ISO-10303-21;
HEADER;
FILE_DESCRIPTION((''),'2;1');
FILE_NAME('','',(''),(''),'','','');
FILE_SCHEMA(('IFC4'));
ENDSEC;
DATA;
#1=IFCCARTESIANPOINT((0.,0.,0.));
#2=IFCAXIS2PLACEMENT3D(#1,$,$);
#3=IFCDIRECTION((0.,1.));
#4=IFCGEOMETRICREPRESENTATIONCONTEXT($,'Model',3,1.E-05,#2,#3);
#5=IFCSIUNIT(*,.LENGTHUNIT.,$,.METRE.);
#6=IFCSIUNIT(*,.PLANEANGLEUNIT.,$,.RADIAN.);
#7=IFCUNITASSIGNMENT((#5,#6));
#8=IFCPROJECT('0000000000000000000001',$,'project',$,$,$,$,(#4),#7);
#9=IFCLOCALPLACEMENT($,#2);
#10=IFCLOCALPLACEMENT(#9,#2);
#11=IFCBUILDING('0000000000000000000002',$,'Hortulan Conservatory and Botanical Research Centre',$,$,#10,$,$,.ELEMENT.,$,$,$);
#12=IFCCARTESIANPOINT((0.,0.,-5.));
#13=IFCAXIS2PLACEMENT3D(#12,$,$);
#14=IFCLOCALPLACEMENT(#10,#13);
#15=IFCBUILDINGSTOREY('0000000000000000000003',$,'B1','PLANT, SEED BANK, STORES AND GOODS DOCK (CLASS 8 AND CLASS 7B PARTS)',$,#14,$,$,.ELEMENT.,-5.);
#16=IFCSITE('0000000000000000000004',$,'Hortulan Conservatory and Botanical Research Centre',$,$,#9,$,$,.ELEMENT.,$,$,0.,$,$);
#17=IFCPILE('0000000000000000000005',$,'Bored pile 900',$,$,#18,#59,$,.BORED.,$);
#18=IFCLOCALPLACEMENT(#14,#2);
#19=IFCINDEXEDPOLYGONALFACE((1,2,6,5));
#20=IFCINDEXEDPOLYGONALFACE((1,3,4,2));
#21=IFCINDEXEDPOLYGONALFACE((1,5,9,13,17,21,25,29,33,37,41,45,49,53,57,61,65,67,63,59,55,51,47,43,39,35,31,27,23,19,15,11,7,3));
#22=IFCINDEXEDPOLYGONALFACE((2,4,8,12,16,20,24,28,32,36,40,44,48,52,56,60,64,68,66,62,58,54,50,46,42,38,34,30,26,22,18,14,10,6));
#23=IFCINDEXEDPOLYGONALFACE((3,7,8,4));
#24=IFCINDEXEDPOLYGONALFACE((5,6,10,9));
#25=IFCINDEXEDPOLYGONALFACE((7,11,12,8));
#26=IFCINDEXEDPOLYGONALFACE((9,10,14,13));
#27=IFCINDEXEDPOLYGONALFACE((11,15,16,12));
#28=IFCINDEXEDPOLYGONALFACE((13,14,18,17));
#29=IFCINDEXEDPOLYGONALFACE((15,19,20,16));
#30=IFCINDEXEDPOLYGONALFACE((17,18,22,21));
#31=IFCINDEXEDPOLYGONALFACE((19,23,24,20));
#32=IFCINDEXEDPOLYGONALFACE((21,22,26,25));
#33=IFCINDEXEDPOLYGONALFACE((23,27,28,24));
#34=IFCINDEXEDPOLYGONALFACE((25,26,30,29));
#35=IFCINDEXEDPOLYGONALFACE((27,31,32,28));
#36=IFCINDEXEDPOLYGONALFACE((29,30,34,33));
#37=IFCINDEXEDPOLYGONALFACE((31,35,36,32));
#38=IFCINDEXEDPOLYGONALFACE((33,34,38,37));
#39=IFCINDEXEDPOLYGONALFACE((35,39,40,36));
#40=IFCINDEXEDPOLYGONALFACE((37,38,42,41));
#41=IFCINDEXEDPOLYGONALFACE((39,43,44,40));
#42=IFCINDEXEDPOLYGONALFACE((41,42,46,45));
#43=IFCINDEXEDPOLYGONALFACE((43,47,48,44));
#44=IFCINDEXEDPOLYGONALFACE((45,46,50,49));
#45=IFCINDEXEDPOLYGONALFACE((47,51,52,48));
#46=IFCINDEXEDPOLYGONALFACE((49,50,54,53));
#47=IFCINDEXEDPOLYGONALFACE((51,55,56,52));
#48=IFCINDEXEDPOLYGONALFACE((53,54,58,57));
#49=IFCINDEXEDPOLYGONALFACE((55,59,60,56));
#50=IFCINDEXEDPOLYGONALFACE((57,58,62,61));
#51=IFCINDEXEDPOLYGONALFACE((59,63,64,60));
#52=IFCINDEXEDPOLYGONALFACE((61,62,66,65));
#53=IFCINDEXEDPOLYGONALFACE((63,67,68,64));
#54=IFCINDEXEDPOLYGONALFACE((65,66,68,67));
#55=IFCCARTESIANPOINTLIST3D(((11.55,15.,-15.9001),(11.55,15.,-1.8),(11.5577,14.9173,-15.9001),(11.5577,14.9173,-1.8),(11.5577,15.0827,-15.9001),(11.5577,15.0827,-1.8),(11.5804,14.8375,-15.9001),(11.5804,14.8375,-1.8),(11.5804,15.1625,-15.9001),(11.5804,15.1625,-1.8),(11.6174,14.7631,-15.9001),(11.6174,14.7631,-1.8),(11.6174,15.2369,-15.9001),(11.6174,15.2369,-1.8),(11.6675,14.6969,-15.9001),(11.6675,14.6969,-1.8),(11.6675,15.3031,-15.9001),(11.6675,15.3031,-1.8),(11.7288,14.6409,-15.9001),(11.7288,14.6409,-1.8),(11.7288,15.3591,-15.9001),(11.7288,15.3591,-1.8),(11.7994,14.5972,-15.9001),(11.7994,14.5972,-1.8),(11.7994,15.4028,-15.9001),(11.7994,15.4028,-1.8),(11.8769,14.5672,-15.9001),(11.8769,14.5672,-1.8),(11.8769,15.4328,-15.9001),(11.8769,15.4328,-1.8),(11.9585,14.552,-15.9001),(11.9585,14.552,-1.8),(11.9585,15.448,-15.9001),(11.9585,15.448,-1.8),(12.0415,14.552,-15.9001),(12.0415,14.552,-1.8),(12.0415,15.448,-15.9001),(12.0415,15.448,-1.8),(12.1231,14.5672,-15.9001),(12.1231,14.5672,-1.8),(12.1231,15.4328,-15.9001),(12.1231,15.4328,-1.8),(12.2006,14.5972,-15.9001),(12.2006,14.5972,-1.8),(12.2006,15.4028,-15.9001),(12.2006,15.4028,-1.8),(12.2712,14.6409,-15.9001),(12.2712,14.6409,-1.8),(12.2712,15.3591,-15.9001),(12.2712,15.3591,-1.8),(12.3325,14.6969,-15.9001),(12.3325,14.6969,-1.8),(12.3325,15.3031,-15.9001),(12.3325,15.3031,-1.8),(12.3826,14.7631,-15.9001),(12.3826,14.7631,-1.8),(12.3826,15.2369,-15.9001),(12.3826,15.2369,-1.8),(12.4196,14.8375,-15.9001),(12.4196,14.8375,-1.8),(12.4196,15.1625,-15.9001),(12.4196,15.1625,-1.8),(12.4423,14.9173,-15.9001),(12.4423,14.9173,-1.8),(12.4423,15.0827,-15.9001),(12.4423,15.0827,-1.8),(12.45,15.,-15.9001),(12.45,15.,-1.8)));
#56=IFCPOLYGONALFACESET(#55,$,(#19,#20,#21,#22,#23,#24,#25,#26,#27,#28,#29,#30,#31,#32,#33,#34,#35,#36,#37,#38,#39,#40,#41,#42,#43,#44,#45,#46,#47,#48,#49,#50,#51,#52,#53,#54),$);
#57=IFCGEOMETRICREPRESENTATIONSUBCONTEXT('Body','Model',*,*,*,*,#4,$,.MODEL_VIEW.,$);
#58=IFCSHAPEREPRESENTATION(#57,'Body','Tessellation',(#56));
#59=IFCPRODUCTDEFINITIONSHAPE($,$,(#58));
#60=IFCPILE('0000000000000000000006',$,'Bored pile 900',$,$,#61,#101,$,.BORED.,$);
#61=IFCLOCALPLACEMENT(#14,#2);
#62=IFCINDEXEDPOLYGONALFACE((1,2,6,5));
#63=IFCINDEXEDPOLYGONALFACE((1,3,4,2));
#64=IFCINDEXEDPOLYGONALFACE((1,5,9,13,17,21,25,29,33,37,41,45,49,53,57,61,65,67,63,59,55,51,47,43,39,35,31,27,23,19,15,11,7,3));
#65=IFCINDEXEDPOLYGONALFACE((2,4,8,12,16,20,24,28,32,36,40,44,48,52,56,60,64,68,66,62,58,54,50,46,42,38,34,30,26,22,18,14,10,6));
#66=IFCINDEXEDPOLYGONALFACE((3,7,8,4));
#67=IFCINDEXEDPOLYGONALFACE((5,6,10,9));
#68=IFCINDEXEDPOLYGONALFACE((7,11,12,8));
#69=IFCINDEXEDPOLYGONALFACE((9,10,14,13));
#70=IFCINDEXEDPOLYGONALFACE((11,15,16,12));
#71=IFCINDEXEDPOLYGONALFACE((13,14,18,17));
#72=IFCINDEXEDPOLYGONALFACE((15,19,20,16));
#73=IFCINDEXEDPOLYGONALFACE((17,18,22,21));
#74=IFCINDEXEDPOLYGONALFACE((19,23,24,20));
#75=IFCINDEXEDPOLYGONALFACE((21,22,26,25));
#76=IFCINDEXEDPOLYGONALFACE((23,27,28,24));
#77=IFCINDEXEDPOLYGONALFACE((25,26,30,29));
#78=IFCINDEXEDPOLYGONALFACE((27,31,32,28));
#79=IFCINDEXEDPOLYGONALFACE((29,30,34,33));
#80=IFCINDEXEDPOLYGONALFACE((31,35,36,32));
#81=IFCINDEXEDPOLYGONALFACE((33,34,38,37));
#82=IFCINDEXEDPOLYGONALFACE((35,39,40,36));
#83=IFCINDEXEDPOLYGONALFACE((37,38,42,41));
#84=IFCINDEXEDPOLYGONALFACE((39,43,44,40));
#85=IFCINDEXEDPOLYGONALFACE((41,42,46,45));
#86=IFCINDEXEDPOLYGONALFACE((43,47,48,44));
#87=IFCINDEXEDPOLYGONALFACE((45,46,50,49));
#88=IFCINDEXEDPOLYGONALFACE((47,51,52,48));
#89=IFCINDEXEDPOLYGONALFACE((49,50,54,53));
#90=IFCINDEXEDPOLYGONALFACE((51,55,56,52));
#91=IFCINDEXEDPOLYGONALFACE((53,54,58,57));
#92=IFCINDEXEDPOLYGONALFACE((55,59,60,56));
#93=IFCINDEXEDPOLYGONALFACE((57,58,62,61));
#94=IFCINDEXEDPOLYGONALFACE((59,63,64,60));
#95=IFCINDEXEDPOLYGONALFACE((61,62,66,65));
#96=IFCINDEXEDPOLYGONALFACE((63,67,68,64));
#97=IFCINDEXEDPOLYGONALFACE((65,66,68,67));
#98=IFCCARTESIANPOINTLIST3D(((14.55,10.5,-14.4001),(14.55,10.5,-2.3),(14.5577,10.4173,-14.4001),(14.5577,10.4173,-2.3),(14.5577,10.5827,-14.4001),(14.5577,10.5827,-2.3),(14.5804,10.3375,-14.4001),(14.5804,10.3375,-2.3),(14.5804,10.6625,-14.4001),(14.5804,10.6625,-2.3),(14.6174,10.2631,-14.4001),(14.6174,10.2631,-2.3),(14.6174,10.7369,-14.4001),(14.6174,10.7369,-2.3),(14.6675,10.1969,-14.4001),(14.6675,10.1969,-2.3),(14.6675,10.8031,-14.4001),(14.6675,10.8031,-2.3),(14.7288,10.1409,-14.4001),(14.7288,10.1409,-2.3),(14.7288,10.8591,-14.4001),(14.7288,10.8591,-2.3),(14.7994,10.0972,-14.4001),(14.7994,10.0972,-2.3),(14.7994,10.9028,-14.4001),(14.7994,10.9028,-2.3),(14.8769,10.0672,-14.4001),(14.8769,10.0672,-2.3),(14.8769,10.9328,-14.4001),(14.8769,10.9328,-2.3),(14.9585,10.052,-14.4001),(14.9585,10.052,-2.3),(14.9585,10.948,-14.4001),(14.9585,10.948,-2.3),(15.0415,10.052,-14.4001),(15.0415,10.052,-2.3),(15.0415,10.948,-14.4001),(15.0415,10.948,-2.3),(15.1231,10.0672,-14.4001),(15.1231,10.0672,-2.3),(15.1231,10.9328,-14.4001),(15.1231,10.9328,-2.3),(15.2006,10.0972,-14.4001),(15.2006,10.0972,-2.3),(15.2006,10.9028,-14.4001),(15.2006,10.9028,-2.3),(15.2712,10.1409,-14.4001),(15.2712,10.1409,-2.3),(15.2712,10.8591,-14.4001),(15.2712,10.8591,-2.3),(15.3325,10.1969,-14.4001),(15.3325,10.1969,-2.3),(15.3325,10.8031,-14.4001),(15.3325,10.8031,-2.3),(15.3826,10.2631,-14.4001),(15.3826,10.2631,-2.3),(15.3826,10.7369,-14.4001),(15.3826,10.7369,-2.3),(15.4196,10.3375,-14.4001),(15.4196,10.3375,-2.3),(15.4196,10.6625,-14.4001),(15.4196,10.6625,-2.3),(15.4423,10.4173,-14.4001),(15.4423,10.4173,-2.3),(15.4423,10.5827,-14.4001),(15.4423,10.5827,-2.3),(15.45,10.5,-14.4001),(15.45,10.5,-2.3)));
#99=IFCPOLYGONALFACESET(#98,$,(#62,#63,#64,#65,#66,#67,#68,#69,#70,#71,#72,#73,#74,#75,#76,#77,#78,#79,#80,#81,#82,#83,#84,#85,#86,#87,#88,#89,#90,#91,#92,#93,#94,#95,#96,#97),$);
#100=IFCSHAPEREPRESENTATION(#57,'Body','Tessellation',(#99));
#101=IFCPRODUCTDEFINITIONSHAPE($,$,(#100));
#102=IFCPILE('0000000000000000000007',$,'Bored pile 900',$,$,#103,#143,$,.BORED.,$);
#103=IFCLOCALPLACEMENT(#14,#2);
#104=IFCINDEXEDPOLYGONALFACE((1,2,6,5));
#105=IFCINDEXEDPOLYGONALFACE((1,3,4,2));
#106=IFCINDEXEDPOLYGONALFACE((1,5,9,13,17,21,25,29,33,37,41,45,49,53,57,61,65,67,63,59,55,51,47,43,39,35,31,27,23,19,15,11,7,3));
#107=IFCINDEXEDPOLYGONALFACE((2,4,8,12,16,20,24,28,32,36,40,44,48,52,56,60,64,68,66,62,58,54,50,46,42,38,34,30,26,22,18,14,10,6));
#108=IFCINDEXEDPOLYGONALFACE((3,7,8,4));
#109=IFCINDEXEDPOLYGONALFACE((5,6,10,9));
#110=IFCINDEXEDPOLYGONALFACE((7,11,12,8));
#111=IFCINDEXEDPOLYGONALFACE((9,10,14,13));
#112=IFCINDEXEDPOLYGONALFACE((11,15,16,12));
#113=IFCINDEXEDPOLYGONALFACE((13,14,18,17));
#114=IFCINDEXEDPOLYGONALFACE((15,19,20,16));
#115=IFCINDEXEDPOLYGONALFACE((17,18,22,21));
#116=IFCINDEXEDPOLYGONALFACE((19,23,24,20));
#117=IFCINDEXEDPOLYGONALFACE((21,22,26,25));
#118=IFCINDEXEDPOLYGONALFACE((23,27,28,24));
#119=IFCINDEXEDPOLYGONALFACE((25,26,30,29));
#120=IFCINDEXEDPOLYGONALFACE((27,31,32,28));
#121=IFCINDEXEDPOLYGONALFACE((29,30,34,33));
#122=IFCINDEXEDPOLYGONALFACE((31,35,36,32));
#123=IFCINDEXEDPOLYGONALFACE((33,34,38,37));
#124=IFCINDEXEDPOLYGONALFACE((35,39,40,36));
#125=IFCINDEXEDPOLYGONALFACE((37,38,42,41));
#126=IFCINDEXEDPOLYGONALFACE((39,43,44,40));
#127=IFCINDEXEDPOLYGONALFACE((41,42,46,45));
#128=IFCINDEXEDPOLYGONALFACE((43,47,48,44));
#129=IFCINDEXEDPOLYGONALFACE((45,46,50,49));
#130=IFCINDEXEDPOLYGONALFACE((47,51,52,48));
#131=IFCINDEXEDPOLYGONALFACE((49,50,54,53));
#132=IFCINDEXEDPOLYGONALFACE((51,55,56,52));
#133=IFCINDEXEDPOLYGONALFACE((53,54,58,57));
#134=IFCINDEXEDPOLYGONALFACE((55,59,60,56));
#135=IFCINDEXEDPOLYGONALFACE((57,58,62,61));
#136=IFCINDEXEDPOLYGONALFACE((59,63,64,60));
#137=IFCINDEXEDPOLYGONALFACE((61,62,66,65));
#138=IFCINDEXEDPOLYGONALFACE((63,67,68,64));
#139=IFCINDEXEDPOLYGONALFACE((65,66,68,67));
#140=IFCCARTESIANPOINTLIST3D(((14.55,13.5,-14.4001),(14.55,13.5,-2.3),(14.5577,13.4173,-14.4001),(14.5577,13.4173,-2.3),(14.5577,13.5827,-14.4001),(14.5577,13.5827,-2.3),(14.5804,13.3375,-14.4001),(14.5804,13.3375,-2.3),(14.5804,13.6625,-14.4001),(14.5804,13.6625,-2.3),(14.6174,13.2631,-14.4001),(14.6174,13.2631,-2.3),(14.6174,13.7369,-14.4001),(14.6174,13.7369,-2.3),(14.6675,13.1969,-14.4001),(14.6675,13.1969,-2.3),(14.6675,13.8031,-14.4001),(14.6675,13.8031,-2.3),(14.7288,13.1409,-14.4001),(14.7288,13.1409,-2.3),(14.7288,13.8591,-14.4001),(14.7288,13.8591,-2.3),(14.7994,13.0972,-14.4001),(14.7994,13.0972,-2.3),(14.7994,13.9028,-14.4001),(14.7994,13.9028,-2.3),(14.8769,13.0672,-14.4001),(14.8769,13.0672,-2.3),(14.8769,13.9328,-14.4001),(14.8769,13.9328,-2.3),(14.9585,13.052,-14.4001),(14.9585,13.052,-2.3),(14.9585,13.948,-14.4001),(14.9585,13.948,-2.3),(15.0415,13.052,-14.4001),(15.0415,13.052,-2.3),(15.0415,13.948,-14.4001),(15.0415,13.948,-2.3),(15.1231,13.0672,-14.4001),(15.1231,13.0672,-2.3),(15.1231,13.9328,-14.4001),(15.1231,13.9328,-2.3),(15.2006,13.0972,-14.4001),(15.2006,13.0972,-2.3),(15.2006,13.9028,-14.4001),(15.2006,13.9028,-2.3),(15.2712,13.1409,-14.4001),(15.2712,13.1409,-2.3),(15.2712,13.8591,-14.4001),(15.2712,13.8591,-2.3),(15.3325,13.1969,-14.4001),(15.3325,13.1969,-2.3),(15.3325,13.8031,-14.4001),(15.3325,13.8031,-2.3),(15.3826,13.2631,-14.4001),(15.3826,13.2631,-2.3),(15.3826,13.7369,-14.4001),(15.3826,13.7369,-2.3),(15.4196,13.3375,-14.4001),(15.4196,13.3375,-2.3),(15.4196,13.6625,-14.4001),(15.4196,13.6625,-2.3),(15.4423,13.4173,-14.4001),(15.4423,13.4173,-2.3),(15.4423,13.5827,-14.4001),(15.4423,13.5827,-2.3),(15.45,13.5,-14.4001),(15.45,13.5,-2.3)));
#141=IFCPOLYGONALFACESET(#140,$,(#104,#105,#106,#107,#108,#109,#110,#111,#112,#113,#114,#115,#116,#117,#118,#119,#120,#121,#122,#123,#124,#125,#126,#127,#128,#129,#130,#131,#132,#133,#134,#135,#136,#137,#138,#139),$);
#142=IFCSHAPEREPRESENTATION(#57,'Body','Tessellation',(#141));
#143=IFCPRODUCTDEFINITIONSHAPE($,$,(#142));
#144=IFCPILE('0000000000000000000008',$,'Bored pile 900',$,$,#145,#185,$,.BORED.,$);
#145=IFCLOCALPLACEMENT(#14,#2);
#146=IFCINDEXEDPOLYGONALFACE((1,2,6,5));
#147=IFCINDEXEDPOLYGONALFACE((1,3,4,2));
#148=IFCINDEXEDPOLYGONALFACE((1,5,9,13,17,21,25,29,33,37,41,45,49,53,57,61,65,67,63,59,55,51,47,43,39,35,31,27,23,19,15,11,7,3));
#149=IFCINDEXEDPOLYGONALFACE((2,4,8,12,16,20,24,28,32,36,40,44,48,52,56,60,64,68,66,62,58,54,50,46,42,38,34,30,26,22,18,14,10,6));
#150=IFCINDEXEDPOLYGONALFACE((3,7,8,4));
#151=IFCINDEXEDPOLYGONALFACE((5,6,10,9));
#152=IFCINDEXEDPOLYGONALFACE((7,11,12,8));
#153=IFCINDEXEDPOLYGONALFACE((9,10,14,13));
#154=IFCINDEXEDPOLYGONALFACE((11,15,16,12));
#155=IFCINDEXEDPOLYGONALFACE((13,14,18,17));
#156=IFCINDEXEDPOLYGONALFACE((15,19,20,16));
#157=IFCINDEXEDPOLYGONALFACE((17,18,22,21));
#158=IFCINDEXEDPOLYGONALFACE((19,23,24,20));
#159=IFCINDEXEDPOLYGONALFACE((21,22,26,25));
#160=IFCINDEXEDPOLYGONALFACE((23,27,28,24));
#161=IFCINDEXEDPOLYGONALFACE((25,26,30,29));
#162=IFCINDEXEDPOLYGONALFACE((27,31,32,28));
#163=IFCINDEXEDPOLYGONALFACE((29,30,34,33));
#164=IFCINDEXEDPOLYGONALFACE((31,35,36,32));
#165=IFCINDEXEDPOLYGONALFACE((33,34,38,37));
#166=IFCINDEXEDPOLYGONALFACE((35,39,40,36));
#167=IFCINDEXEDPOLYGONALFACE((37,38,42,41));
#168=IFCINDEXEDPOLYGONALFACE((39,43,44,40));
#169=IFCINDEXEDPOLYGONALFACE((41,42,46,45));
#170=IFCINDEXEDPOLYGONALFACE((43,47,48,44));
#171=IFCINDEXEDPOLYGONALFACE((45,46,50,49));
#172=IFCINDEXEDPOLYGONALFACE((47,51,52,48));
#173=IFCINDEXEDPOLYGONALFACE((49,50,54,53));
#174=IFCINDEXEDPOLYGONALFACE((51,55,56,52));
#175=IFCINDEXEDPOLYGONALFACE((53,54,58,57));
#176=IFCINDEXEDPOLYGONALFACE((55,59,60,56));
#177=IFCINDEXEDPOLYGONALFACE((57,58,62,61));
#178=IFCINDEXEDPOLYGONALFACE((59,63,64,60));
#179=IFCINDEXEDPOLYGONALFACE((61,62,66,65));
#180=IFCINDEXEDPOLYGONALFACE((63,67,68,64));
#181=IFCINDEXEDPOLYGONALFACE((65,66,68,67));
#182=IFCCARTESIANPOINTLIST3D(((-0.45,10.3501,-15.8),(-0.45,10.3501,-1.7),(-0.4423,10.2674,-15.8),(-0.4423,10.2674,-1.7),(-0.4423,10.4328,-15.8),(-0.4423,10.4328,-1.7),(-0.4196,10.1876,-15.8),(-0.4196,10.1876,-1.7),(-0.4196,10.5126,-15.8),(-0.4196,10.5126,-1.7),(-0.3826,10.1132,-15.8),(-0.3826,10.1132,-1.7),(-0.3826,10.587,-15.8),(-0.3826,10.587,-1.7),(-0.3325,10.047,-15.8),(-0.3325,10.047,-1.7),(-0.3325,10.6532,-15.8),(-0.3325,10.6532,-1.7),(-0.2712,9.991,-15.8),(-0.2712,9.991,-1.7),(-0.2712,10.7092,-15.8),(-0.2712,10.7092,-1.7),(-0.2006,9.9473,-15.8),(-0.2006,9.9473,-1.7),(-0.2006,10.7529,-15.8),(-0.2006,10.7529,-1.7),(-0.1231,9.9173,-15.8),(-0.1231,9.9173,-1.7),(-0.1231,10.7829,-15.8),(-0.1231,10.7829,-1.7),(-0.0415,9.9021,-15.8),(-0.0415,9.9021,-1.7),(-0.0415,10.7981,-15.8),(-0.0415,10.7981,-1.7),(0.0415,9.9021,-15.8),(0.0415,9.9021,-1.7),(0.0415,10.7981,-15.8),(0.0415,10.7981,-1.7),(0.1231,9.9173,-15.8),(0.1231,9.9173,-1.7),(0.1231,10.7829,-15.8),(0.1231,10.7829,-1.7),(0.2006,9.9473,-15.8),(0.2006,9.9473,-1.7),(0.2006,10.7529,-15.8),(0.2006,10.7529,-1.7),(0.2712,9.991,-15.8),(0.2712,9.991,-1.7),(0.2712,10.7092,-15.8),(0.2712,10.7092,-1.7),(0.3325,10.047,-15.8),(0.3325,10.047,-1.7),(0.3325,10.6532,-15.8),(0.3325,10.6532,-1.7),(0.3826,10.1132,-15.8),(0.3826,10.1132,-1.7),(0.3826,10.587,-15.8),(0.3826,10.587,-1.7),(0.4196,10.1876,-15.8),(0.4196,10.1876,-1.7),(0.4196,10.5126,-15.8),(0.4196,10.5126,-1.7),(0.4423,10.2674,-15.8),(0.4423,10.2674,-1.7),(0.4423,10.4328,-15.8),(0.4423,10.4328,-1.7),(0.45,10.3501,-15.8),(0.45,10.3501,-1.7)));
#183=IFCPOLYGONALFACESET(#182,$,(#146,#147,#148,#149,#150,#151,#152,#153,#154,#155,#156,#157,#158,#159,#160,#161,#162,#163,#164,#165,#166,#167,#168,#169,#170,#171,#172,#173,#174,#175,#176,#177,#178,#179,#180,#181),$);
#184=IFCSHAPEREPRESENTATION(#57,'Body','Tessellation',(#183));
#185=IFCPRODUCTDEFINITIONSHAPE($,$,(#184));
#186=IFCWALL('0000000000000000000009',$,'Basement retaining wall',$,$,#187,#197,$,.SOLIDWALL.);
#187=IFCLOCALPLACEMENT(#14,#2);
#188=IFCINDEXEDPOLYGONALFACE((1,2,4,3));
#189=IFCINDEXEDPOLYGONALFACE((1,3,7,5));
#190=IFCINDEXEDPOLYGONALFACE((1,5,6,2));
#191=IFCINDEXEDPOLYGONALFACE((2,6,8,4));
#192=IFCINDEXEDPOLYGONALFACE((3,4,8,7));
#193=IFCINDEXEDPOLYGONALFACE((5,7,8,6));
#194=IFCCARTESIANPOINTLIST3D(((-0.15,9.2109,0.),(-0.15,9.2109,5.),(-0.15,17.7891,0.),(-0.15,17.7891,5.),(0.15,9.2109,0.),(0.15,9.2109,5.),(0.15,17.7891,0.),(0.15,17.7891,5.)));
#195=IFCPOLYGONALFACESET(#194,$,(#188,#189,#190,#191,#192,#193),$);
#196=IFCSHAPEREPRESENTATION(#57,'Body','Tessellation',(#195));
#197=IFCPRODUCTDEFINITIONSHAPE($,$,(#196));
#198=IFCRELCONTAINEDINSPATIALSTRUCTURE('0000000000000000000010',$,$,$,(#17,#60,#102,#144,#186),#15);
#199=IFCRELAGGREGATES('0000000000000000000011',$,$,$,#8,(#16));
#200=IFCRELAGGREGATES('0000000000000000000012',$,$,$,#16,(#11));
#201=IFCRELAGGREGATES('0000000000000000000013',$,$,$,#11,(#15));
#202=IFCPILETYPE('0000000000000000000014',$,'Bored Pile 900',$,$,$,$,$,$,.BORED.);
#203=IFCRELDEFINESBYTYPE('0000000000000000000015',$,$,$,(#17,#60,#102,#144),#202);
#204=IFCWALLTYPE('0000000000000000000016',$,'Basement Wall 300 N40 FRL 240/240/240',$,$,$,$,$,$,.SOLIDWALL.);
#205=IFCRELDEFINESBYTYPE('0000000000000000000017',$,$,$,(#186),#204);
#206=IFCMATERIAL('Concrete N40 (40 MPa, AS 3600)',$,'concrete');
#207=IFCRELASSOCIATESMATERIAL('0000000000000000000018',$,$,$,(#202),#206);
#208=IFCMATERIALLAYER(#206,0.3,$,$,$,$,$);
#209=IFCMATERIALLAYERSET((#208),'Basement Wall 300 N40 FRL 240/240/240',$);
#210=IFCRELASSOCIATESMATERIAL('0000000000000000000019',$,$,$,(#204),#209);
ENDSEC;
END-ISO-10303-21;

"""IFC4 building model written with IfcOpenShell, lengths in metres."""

from ifc_helpers import new_model, si_unit, direction, frame, frame_2d, origin, origin_2d, place, context, subcontext, project, spatial, rectangle, circle, extrude, material, layer, layer_set, material_profile, profile_set, type_object, element, save


model = new_model("IFC4")

# Units and contexts
model_context = context("Model", 3, precision=1e-05, world=origin(), true_north=direction((0.0, 1.0)))
body_context = subcontext(model_context, "Body", "Model", "MODEL_VIEW")
ifc_project = project(units=[si_unit("LENGTHUNIT", "METRE"), si_unit("PLANEANGLEUNIT", "RADIAN")], contexts=[model_context])

# Site, building, storey
site_placement = place(None, origin())
site = spatial("IfcSite", under=ifc_project, at=site_placement, Name="Hortulan Conservatory and Botanical Research Centre", CompositionType="ELEMENT", RefElevation=0.0)
building_placement = place(site_placement, origin())
building = spatial("IfcBuilding", under=site, at=building_placement, Name="Hortulan Conservatory and Botanical Research Centre", CompositionType="ELEMENT")
storey_placement = place(building_placement, frame((0.0, 0.0, -5.0)))
storey = spatial("IfcBuildingStorey", under=building, at=storey_placement, Name="B1", Description="PLANT, SEED BANK, STORES AND GOODS DOCK (CLASS 8 AND CLASS 7B PARTS)", CompositionType="ELEMENT", Elevation=-5.0)

# Piles
ifc_material_1 = material(Name="Concrete N40 (40 MPa, AS 3600)", Category="concrete")
ifc_material_profile = material_profile(ifc_material_1, circle(Radius=0.45, at=origin_2d()), Name="Bored pile 900 diameter")
ifc_profile_set = profile_set([ifc_material_profile], Name="Concrete N40 (40 MPa, AS 3600)")
pile_type = type_object("IfcPileType", Name="Bored Pile 900", PredefinedType="BORED", material=ifc_profile_set)
for number, where, z_axis, x_axis, name in (
    (1, (12.0, 15.0, -1.8), (0.0, 0.0, -1.0), (1.0, 0.0, 0.0), "Bored pile 900"),
):
    element("IfcPile", number, at=place(storey_placement, frame(where, z_axis=z_axis, x_axis=x_axis)), inside=storey, type_object=pile_type, Name=name, PredefinedType="BORED", context=body_context, shape_type="SweptSolid", body=[
        extrude(circle(Radius=0.45, at=origin_2d()), origin(), (0.0, 0.0, 1.0), 14.1001),
    ])
for number, where, z_axis, x_axis, name in (
    (2, (15.0, 10.5, -2.3), (0.0, 0.0, -1.0), (1.0, 0.0, 0.0), "Bored pile 900"),
    (3, (15.0, 13.5, -2.3), (0.0, 0.0, -1.0), (1.0, 0.0, 0.0), "Bored pile 900"),
):
    element("IfcPile", number, at=place(storey_placement, frame(where, z_axis=z_axis, x_axis=x_axis)), inside=storey, type_object=pile_type, Name=name, PredefinedType="BORED", context=body_context, shape_type="SweptSolid", body=[
        extrude(circle(Radius=0.45, at=origin_2d()), origin(), (0.0, 0.0, 1.0), 12.1001),
    ])
pile_placement = place(storey_placement, frame((0.0, 10.3501, -1.7), z_axis=(0.0, 0.0, -1.0), x_axis=(1.0, 0.0, 0.0)))
element("IfcPile", 4, at=pile_placement, inside=storey, type_object=pile_type, Name="Bored pile 900", PredefinedType="BORED", context=body_context, shape_type="SweptSolid", body=[
    extrude(circle(Radius=0.45, at=origin_2d()), origin(), (0.0, 0.0, 1.0), 14.1001),
])

# Wall
ifc_layer_1 = layer(ifc_material_1, 0.3)
ifc_layer_set_1 = layer_set([ifc_layer_1], Name="Basement Wall 300 N40 FRL 240/240/240")
wall_type_1 = type_object("IfcWallType", Name="Basement Wall 300 N40 FRL 240/240/240", PredefinedType="SOLIDWALL", material=ifc_layer_set_1)
wall_placement = place(storey_placement, frame((0.0, 9.2109, 0.0), z_axis=(0.0, 0.0, 1.0), x_axis=(0.0, 1.0, 0.0)))
element("IfcWall", 5, at=wall_placement, inside=storey, type_object=wall_type_1, Name="Basement retaining wall", PredefinedType="SOLIDWALL", context=body_context, shape_type="SweptSolid", body=[
    extrude(rectangle(XDim=8.5781, YDim=0.3, at=frame_2d((4.2891, 0.0))), origin(), (0.0, 0.0, 1.0), 5.0),
])

save(model, "model.ifc")
